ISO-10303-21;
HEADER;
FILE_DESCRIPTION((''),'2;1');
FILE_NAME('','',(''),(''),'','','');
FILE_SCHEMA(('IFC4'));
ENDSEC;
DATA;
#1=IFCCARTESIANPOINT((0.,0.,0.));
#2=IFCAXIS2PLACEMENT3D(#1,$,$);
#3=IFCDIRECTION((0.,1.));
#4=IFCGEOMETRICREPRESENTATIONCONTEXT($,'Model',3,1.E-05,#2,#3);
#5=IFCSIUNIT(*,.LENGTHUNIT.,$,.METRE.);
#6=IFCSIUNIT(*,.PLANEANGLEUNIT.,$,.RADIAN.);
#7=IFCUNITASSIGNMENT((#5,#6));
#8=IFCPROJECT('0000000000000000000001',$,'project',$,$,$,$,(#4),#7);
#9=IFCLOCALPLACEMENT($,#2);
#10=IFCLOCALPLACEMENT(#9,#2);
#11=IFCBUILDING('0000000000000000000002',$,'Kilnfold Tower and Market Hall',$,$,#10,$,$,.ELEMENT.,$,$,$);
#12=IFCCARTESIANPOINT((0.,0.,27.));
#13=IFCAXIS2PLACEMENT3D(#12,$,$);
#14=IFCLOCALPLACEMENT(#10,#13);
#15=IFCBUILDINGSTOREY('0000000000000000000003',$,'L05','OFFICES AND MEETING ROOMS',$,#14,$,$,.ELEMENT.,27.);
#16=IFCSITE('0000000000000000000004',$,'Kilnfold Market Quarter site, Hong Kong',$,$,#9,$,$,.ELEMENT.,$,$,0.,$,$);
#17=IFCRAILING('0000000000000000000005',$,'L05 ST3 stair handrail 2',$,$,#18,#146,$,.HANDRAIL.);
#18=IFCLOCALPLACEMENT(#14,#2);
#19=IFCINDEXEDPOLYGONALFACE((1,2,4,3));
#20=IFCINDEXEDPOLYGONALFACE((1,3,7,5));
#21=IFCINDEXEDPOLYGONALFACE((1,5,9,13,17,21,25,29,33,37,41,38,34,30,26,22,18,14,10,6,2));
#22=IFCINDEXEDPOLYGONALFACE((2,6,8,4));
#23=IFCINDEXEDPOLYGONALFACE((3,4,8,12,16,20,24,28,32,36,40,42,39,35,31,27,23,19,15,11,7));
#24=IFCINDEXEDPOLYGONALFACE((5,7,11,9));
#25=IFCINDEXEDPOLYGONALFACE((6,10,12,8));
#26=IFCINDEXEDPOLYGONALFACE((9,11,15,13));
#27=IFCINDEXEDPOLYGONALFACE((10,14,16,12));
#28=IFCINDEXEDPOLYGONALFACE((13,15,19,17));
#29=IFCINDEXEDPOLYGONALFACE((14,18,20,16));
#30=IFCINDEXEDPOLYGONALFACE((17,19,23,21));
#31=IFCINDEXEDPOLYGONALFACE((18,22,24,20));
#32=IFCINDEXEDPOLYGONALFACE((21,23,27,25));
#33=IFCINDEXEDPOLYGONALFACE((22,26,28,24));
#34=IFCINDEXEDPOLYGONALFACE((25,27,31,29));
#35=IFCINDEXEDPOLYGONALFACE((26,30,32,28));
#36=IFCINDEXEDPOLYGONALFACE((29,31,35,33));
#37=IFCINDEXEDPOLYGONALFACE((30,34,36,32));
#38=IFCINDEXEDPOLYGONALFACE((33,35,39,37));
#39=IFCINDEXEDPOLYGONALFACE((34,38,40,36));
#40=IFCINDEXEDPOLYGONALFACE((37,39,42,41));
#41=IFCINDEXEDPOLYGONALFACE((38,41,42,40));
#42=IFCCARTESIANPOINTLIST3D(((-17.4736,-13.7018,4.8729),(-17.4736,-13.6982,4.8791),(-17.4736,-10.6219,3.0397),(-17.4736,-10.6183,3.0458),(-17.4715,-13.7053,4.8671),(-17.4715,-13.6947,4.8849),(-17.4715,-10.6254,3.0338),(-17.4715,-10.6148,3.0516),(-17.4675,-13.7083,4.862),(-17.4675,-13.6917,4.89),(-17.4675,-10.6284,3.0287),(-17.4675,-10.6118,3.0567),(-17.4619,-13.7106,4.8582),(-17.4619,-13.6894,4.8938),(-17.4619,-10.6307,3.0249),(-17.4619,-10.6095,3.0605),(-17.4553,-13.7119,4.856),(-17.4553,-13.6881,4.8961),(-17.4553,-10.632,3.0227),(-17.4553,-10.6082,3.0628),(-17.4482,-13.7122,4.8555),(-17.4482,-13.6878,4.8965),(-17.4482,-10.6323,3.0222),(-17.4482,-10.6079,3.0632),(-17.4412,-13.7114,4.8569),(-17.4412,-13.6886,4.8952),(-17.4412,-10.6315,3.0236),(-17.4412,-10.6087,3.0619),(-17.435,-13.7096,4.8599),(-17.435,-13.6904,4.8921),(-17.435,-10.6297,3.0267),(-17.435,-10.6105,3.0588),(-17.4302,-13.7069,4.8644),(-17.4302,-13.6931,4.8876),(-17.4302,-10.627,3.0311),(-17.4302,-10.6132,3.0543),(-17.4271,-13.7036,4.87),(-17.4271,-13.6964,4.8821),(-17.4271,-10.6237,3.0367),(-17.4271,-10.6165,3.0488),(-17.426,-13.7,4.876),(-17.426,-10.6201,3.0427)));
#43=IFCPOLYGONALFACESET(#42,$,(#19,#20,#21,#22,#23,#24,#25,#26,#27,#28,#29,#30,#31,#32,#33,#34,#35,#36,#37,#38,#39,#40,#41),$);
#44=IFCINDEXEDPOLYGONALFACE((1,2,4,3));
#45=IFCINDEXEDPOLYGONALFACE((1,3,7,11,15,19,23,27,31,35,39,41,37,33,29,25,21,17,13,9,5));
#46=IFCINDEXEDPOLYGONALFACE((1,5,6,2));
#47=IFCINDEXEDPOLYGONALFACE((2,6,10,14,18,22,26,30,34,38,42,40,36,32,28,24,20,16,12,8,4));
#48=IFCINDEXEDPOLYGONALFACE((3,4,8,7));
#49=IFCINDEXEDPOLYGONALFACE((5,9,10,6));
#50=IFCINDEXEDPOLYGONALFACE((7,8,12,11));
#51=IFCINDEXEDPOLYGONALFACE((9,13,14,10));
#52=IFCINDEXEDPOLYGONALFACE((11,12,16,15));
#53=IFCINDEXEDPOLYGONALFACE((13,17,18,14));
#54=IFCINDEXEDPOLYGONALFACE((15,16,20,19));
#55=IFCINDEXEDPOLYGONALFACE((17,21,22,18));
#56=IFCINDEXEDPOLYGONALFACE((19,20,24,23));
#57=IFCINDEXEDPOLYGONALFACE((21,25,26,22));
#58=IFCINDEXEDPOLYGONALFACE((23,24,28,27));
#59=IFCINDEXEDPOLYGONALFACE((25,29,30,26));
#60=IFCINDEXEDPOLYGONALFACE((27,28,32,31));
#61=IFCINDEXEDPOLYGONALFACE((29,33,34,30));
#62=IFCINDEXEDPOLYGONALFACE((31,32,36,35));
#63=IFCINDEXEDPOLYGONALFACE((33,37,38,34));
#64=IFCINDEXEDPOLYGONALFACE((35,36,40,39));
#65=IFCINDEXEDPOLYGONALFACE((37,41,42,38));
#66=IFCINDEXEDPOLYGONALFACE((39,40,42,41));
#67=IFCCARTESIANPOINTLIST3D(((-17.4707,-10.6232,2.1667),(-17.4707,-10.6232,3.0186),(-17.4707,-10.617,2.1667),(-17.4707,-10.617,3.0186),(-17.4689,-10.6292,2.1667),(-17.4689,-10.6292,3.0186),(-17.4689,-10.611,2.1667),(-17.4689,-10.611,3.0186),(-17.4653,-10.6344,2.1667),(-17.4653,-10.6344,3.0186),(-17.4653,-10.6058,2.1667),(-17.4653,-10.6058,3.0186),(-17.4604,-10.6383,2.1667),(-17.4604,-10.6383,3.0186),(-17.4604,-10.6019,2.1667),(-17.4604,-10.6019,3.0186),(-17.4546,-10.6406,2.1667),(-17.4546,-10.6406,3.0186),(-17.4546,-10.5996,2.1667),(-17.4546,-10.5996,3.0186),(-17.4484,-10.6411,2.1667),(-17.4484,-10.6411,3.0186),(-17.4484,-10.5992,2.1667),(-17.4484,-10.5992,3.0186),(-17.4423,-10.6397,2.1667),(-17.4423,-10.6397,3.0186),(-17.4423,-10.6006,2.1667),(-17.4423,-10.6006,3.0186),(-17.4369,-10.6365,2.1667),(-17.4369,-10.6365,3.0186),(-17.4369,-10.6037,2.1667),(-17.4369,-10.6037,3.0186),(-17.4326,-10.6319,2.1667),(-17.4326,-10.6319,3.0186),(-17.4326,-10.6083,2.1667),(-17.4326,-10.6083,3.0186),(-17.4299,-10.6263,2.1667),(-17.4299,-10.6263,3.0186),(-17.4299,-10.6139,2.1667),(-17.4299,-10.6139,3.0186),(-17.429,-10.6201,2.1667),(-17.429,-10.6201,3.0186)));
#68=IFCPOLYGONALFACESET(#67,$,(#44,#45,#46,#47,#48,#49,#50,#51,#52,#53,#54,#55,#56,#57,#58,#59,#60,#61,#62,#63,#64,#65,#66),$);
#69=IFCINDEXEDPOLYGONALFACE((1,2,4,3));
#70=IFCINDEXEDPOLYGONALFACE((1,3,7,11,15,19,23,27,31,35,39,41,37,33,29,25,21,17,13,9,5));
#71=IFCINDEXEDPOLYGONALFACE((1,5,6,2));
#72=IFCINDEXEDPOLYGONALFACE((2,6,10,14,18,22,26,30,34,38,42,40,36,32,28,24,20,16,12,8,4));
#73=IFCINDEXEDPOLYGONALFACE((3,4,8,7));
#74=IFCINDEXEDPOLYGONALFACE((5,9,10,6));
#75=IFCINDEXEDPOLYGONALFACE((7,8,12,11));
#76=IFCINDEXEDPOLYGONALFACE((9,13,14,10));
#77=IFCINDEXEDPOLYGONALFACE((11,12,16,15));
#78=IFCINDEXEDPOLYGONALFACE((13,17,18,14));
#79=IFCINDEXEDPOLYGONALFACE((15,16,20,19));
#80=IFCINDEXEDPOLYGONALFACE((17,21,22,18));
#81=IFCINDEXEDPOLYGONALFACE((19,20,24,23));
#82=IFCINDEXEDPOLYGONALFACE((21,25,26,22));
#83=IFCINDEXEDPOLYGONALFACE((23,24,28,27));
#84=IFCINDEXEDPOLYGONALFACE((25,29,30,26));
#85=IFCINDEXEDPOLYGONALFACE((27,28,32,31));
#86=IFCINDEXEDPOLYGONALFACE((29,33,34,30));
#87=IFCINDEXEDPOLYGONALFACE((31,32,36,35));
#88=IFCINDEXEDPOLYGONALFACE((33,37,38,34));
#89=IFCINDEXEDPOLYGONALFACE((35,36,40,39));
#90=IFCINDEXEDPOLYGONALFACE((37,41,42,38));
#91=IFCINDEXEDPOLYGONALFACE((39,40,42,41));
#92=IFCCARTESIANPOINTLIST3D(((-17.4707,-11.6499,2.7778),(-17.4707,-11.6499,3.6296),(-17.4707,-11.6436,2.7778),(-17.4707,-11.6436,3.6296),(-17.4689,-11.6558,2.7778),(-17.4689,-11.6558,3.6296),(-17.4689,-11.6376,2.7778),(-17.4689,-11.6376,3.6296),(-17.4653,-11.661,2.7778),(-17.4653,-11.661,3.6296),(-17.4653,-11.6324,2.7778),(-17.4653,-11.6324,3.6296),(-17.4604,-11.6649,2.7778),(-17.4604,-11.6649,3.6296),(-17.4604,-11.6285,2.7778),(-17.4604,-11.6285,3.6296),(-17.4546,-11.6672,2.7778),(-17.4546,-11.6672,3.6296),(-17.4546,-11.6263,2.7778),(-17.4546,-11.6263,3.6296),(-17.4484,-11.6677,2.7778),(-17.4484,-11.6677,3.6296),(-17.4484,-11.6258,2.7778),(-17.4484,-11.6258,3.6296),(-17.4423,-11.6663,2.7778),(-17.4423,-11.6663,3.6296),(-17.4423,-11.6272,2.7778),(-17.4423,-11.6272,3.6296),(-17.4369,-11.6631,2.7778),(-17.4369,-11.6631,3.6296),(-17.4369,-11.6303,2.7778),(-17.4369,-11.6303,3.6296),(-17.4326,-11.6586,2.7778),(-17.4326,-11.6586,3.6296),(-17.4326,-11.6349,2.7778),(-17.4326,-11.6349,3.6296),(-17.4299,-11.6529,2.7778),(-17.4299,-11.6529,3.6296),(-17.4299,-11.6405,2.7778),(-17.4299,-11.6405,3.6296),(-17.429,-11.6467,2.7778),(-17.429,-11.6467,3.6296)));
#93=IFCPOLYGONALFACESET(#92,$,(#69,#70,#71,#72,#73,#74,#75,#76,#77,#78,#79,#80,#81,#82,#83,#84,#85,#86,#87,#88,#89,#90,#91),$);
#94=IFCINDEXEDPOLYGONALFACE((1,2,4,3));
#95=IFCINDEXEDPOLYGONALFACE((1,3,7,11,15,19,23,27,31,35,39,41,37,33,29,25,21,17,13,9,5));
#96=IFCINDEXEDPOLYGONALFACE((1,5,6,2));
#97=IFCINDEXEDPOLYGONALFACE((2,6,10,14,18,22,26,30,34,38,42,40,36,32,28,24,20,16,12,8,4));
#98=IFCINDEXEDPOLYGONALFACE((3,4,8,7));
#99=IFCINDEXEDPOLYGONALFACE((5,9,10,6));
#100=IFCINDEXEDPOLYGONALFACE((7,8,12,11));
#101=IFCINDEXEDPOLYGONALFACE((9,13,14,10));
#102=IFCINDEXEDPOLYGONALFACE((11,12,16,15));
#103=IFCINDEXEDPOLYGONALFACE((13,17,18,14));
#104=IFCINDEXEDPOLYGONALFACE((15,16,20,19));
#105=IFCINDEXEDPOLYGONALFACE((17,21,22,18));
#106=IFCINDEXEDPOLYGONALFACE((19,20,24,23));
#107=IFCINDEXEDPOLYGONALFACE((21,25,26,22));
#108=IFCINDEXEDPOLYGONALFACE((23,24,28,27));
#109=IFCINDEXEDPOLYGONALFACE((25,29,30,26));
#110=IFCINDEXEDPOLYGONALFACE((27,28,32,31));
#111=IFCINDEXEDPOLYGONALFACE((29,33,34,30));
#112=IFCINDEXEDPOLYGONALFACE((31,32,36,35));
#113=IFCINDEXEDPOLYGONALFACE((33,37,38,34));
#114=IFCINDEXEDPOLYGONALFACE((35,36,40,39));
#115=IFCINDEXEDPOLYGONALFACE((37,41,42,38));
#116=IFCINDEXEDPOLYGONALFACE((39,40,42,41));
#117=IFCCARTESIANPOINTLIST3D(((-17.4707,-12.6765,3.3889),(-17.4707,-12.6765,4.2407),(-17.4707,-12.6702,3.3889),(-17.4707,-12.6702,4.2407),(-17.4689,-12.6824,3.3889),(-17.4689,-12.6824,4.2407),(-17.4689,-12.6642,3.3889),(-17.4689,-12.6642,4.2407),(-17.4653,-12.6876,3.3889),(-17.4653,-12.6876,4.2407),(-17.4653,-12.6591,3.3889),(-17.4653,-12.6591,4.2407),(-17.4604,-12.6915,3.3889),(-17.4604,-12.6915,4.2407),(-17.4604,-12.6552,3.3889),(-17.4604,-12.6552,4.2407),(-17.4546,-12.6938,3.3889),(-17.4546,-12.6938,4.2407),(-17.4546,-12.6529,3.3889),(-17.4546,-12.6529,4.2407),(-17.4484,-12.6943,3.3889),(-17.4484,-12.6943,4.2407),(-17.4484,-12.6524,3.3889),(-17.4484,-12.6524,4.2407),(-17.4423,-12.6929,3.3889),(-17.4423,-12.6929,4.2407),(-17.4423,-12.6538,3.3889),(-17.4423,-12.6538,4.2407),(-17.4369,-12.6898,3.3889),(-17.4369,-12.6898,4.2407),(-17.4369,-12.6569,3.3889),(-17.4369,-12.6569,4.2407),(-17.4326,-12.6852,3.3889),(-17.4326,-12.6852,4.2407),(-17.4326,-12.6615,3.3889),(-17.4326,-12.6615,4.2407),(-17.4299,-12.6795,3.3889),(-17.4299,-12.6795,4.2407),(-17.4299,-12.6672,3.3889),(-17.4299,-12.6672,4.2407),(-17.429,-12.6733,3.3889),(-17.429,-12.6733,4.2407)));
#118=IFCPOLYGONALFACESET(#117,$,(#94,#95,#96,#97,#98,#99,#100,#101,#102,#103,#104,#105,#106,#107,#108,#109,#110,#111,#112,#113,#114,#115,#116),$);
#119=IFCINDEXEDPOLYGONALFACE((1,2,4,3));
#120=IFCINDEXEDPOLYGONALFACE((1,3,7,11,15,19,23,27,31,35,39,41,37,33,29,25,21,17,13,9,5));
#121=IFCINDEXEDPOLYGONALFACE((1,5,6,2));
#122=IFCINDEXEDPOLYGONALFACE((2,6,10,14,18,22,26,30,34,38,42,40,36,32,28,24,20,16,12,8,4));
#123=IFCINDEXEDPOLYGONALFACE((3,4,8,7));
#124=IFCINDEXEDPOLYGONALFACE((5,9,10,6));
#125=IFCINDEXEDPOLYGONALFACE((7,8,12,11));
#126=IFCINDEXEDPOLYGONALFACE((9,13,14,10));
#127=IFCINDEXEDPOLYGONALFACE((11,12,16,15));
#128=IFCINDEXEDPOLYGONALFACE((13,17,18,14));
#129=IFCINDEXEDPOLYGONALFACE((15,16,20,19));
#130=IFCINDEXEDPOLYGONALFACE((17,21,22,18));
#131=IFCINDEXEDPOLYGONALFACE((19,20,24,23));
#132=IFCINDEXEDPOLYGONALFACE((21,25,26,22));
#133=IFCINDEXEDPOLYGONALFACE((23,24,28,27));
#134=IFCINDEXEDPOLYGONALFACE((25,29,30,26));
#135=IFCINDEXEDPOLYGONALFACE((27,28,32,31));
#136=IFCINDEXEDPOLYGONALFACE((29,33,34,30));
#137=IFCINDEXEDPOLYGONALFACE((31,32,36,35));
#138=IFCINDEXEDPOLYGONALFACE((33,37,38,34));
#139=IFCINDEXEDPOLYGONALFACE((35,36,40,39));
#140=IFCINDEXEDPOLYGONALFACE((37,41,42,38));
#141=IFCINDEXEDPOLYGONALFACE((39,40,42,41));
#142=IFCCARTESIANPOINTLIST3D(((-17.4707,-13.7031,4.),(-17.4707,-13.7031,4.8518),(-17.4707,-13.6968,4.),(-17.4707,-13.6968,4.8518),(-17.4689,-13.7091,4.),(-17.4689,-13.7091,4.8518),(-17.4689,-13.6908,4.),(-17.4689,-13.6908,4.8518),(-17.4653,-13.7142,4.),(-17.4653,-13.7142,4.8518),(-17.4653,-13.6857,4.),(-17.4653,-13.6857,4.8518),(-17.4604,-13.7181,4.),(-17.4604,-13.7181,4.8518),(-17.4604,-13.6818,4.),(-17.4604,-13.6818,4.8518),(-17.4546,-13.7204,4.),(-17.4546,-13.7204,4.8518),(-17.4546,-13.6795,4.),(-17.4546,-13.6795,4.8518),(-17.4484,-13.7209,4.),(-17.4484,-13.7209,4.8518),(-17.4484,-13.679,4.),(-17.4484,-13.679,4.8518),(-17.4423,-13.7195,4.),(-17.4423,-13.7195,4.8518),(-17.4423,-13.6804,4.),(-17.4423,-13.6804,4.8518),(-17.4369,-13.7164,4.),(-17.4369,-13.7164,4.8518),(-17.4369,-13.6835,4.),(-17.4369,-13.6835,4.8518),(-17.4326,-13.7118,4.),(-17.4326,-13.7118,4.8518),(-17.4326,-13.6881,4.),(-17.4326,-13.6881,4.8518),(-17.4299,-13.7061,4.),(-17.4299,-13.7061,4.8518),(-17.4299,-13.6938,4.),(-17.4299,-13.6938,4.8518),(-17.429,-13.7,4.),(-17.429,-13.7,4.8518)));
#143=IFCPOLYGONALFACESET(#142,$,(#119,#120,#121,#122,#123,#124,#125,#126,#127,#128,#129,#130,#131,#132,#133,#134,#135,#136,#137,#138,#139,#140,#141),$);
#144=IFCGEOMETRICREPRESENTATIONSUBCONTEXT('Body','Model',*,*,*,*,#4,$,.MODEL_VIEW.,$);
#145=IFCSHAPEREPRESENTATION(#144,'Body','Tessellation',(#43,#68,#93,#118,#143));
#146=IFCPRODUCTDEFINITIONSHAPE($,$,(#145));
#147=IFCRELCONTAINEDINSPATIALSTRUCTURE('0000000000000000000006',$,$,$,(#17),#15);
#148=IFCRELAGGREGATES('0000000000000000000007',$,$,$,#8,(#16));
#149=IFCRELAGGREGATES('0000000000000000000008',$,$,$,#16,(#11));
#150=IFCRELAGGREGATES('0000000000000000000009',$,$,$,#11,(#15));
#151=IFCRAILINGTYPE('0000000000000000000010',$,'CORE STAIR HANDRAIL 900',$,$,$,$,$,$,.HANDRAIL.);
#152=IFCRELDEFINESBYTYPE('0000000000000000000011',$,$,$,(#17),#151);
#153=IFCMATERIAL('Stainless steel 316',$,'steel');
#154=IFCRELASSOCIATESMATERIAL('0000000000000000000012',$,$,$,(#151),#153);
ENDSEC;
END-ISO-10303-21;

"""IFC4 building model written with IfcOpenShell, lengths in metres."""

from ifc_helpers import new_model, si_unit, direction, frame, origin, origin_2d, place, context, subcontext, project, spatial, circle, extrude, material, type_object, element, save


model = new_model("IFC4")

# Units and contexts
model_context = context("Model", 3, precision=1e-05, world=origin(), true_north=direction((0.0, 1.0)))
body_context = subcontext(model_context, "Body", "Model", "MODEL_VIEW")
ifc_project = project(units=[si_unit("LENGTHUNIT", "METRE"), si_unit("PLANEANGLEUNIT", "RADIAN")], contexts=[model_context])

# Site, building, storey
site_placement = place(None, origin())
site = spatial("IfcSite", under=ifc_project, at=site_placement, Name="Kilnfold Market Quarter site, Hong Kong", CompositionType="ELEMENT", RefElevation=0.0)
building_placement = place(site_placement, origin())
building = spatial("IfcBuilding", under=site, at=building_placement, Name="Kilnfold Tower and Market Hall", CompositionType="ELEMENT")
storey_placement = place(building_placement, frame((0.0, 0.0, 27.0)))
storey = spatial("IfcBuildingStorey", under=building, at=storey_placement, Name="L05", Description="OFFICES AND MEETING ROOMS", CompositionType="ELEMENT", Elevation=27.0)

# Railing
ifc_material_1 = material(Name="Stainless steel 316", Category="steel")
railing_type_1 = type_object("IfcRailingType", Name="CORE STAIR HANDRAIL 900", PredefinedType="HANDRAIL", material=ifc_material_1)
railing_1_placement = place(storey_placement, frame((-17.45, -10.6201, 2.1667)))
element("IfcRailing", 1, at=railing_1_placement, inside=storey, type_object=railing_type_1, Name="L05 ST3 stair handrail 2", PredefinedType="HANDRAIL", context=body_context, shape_type="SweptSolid", body=[
    extrude(circle(Radius=0.0239, at=origin_2d()), frame((0.0, 0.0, 0.876), z_axis=(0.0, -0.859291, 0.511487), x_axis=(1.0, 0.0, 0.0)), (0.0, 0.0, 1.0), 3.5842),
    extrude(circle(Radius=0.021, at=origin_2d()), origin(), (0.0, 0.0, 1.0), 0.8518),
    extrude(circle(Radius=0.021, at=origin_2d()), frame((0.0, -1.0266, 0.6111)), (0.0, 0.0, 1.0), 0.8518),
    extrude(circle(Radius=0.021, at=origin_2d()), frame((0.0, -2.0532, 1.2222)), (0.0, 0.0, 1.0), 0.8518),
    extrude(circle(Radius=0.021, at=origin_2d()), frame((0.0, -3.0798, 1.8333)), (0.0, 0.0, 1.0), 0.8518),
])

save(model, "model.ifc")
